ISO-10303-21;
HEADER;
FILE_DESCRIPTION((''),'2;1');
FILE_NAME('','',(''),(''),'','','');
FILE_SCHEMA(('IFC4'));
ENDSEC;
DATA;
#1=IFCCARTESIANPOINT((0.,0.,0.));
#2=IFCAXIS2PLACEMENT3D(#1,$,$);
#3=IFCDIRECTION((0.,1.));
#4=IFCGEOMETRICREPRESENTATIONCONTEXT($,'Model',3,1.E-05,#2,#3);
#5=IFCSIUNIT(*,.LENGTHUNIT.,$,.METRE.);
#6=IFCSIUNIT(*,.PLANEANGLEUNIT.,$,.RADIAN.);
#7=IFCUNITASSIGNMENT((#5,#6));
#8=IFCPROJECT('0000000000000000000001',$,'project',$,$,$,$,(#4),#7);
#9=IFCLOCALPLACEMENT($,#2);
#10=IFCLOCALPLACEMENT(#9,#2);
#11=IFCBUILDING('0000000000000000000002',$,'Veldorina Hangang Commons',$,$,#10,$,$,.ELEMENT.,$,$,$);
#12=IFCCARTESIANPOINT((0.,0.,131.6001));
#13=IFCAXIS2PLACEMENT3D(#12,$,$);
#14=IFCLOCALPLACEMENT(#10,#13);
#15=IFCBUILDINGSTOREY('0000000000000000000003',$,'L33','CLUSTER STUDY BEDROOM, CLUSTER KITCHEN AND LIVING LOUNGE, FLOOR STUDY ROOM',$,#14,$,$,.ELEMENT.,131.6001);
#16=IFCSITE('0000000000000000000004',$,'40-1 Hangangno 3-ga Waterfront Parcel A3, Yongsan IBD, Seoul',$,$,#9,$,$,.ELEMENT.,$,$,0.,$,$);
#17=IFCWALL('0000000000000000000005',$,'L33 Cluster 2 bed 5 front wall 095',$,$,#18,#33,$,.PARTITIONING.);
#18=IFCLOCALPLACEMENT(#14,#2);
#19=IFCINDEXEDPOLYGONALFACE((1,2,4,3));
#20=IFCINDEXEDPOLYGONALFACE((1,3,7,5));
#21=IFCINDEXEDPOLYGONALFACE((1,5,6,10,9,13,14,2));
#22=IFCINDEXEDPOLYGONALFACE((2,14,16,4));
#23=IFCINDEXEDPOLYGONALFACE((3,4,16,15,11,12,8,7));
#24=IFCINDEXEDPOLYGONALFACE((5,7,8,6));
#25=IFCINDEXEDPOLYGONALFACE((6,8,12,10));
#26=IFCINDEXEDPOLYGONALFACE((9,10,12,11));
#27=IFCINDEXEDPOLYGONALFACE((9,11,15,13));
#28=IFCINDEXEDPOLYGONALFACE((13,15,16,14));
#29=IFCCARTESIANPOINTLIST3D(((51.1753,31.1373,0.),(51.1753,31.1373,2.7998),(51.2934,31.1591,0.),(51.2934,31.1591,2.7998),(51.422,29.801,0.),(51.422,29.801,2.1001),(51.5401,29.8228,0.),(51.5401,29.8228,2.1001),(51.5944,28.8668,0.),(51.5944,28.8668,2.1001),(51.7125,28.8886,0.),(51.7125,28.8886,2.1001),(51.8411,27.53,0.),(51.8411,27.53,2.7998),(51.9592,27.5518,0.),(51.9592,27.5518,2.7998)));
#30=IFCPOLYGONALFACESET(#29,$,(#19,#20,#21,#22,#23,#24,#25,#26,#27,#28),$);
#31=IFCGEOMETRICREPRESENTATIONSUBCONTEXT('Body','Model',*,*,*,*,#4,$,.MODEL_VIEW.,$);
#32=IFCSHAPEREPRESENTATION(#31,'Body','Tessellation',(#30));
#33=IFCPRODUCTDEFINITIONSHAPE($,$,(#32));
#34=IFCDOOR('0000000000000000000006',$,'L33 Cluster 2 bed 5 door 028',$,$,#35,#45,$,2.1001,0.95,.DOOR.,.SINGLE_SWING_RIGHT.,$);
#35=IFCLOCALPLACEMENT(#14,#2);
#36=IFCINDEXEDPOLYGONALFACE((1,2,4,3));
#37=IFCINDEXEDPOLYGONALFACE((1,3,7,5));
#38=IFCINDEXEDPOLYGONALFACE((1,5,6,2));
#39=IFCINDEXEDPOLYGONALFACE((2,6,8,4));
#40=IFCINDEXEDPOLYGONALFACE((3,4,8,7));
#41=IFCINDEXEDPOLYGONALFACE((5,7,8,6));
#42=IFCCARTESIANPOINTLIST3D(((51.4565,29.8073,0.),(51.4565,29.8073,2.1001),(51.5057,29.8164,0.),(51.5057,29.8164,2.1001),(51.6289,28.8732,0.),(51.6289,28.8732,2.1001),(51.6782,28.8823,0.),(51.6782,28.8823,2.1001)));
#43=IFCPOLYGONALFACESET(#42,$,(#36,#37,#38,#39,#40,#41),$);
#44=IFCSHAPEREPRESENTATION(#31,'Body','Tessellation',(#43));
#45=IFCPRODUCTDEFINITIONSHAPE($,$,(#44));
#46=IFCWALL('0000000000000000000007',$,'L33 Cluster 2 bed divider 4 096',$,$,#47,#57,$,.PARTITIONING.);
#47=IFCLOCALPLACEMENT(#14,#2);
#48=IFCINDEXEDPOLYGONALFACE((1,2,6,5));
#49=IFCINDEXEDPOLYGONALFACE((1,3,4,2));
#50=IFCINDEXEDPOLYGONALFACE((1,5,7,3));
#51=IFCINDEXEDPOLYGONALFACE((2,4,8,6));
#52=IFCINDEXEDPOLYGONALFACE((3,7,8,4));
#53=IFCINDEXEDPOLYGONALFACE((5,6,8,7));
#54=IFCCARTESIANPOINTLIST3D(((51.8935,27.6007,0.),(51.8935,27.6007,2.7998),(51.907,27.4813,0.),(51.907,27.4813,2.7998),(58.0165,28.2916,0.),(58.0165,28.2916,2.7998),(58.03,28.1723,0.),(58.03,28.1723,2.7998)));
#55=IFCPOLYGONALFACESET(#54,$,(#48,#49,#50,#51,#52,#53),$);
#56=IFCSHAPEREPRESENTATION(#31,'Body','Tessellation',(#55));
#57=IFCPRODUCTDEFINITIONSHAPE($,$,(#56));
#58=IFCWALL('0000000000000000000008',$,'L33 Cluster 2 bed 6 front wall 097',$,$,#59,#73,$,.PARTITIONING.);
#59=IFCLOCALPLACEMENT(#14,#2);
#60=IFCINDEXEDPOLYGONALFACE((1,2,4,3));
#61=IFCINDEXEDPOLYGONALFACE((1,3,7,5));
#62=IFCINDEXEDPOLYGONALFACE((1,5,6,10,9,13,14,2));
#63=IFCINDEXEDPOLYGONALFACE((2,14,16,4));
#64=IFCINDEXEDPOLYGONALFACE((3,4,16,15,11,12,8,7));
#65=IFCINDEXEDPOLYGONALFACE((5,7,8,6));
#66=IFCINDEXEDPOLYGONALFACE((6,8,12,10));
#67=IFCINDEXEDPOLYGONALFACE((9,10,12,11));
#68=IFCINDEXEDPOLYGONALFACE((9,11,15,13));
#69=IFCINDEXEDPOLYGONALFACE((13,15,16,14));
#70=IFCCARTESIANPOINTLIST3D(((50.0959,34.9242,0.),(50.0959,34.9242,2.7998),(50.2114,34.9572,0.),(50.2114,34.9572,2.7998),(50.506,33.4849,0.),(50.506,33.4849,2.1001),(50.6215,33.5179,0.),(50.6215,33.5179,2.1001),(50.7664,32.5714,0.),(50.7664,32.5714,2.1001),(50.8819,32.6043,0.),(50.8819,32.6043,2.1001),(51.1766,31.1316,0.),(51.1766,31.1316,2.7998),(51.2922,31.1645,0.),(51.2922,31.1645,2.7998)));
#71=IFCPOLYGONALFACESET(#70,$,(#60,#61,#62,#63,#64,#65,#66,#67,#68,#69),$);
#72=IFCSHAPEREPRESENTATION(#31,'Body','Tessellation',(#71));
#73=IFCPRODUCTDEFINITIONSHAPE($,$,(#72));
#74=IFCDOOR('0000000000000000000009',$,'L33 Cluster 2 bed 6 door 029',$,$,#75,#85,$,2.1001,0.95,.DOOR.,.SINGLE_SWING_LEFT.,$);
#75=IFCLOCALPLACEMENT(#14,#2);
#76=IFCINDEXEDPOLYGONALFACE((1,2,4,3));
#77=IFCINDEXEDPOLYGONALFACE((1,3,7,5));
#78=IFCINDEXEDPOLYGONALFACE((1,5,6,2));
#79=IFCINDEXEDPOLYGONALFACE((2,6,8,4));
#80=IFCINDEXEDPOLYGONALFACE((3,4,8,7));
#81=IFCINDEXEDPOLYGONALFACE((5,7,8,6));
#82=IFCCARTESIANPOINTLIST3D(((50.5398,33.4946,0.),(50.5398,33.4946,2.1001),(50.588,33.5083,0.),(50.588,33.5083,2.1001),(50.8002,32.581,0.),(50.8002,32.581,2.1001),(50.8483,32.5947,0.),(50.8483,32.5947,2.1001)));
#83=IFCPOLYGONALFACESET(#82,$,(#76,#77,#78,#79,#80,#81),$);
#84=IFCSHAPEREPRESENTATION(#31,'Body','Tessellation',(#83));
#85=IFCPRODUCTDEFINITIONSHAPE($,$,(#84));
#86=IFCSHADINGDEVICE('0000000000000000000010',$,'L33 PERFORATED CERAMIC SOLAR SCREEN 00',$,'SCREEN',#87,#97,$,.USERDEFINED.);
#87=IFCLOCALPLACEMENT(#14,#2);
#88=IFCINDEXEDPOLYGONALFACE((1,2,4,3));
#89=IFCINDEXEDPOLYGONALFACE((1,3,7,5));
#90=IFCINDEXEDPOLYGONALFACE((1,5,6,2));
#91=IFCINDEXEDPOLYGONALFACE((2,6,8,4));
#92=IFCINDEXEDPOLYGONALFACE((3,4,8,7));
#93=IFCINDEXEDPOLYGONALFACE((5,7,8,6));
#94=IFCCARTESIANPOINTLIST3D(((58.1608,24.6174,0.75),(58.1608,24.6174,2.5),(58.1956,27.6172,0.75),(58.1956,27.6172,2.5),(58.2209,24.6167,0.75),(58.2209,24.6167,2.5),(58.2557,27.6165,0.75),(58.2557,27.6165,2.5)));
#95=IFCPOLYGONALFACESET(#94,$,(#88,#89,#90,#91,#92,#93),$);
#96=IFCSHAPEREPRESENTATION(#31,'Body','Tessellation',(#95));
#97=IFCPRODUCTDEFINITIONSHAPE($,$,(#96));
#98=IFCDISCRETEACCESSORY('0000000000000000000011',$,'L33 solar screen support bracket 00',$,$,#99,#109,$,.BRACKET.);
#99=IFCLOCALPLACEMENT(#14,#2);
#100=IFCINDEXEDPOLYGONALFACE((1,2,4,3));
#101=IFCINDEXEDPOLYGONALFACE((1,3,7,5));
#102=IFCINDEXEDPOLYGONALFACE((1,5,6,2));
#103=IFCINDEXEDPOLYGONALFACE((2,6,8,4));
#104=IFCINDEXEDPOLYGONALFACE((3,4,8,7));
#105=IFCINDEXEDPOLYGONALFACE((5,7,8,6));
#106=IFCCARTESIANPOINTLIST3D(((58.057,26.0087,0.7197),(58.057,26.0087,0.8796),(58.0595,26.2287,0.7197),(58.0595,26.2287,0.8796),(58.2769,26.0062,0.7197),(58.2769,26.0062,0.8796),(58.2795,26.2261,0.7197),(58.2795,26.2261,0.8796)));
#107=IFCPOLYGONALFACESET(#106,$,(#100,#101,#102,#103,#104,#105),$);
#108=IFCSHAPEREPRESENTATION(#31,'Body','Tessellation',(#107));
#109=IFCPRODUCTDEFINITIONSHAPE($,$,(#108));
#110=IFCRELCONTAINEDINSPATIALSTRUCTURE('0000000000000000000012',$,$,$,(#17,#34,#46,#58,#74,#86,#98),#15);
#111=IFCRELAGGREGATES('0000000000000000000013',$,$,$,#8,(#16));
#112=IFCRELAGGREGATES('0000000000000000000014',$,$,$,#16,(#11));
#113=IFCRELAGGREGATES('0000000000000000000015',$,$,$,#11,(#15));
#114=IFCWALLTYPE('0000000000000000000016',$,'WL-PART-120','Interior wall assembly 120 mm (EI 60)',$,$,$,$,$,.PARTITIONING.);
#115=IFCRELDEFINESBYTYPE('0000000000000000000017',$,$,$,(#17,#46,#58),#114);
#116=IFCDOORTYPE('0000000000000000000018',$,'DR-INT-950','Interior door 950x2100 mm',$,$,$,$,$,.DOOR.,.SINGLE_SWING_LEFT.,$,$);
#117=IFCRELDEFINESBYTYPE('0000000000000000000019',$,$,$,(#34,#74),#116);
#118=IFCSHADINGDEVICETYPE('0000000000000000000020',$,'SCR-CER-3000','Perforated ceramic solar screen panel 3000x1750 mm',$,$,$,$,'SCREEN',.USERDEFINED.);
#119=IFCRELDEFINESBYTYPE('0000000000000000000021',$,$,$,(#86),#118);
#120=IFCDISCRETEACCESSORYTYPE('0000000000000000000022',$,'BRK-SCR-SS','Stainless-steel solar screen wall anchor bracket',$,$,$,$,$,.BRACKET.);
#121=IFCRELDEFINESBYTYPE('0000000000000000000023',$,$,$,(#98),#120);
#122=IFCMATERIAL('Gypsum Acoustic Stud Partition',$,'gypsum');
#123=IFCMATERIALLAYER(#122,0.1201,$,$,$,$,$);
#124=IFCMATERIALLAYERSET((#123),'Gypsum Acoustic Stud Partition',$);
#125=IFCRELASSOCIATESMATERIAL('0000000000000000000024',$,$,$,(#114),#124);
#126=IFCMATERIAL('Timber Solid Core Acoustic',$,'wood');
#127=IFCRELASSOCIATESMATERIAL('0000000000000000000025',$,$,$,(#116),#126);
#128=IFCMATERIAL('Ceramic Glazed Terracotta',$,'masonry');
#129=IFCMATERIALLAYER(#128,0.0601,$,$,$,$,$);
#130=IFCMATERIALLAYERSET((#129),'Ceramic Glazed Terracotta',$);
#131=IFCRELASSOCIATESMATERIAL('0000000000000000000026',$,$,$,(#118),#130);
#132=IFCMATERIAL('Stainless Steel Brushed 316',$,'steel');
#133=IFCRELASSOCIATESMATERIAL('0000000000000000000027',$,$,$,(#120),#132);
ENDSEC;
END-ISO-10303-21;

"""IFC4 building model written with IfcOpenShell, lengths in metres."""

from ifc_helpers import new_model, si_unit, direction, frame, frame_2d, origin, origin_2d, place, context, subcontext, project, spatial, rectangle, extrude, material, layer, layer_set, type_object, element, fill, save


model = new_model("IFC4")

# Units and contexts
model_context = context("Model", 3, precision=1e-05, world=origin(), true_north=direction((0.0, 1.0)))
body_context = subcontext(model_context, "Body", "Model", "MODEL_VIEW")
ifc_project = project(units=[si_unit("LENGTHUNIT", "METRE"), si_unit("PLANEANGLEUNIT", "RADIAN")], contexts=[model_context])

# Site, building, storey
site_placement = place(None, origin())
site = spatial("IfcSite", under=ifc_project, at=site_placement, Name="40-1 Hangangno 3-ga Waterfront Parcel A3, Yongsan IBD, Seoul", CompositionType="ELEMENT", RefElevation=0.0)
building_placement = place(site_placement, origin())
building = spatial("IfcBuilding", under=site, at=building_placement, Name="Veldorina Hangang Commons", CompositionType="ELEMENT")
storey_placement = place(building_placement, frame((0.0, 0.0, 131.6001)))
storey = spatial("IfcBuildingStorey", under=building, at=storey_placement, Name="L33", Description="CLUSTER STUDY BEDROOM, CLUSTER KITCHEN AND LIVING LOUNGE, FLOOR STUDY ROOM", CompositionType="ELEMENT", Elevation=131.6001)

# Shared definitions
ifc_material_1 = material(Name="Gypsum Acoustic Stud Partition", Category="gypsum")
ifc_layer_1 = layer(ifc_material_1, 0.1201)
ifc_layer_set_1 = layer_set([ifc_layer_1], Name="Gypsum Acoustic Stud Partition")
wall_type_1 = type_object("IfcWallType", Name="WL-PART-120", Description="Interior wall assembly 120 mm (EI 60)", PredefinedType="PARTITIONING", material=ifc_layer_set_1)
ifc_material_2 = material(Name="Timber Solid Core Acoustic", Category="wood")
door_type = type_object("IfcDoorType", Name="DR-INT-950", Description="Interior door 950x2100 mm", OperationType="SINGLE_SWING_LEFT", PredefinedType="DOOR", material=ifc_material_2)

# Wall, opening, door
wall_1_placement = place(storey_placement, frame((51.9001, 27.541, 0.0), z_axis=(0.0, 0.0, 1.0), x_axis=(-0.181503, 0.98339, 0.0)))
wall_1 = element("IfcWall", 1, at=wall_1_placement, inside=storey, type_object=wall_type_1, Name="L33 Cluster 2 bed 5 front wall 095", PredefinedType="PARTITIONING", context=body_context, shape_type="SweptSolid", body=[
    extrude(rectangle(XDim=3.6682, YDim=0.1201, at=frame_2d((1.834, 0.0))), origin(), (0.0, 0.0, 1.0), 2.7998),
])
opening_1_placement = place(wall_1_placement, frame((1.3591, 0.0, 0.0)))
opening_1 = element("IfcOpeningElement", 2, at=opening_1_placement, cuts=wall_1, PredefinedType="OPENING", context=body_context, shape_type="SweptSolid", body=[
    extrude(rectangle(XDim=0.95, YDim=2.1001, at=frame_2d((0.4751, 1.05))), frame((0.0, 0.0701, 0.0), z_axis=(0.0, -1.0, 0.0), x_axis=(1.0, 0.0, 0.0)), (0.0, 0.0, 1.0), 0.1401),
])
door_1_placement = place(opening_1_placement, origin())
door_1 = element("IfcDoor", 3, at=door_1_placement, inside=storey, type_object=door_type, Name="L33 Cluster 2 bed 5 door 028", OperationType="SINGLE_SWING_RIGHT", OverallHeight=2.1001, OverallWidth=0.95, PredefinedType="DOOR", context=body_context, shape_type="SweptSolid", body=[
    extrude(rectangle(XDim=0.95, YDim=2.1001, at=frame_2d((0.4751, 1.05))), frame((0.0, 0.0249, 0.0), z_axis=(0.0, -1.0, 0.0), x_axis=(1.0, 0.0, 0.0)), (0.0, 0.0, 1.0), 0.05),
])
fill(opening_1, door_1)

# Wall
wall_2_placement = place(storey_placement, frame((51.9001, 27.541, 0.0), z_axis=(0.0, 0.0, 1.0), x_axis=(0.993694, 0.112127, 0.0)))
element("IfcWall", 4, at=wall_2_placement, inside=storey, type_object=wall_type_1, Name="L33 Cluster 2 bed divider 4 096", PredefinedType="PARTITIONING", context=body_context, shape_type="SweptSolid", body=[
    extrude(rectangle(XDim=6.1619, YDim=0.1201, at=frame_2d((3.0811, 0.0))), origin(), (0.0, 0.0, 1.0), 2.7998),
])

# Wall, opening, door
wall_3_placement = place(storey_placement, frame((51.2344, 31.1482, 0.0), z_axis=(0.0, 0.0, 1.0), x_axis=(-0.274059, 0.961713, 0.0)))
wall_3 = element("IfcWall", 5, at=wall_3_placement, inside=storey, type_object=wall_type_1, Name="L33 Cluster 2 bed 6 front wall 097", PredefinedType="PARTITIONING", context=body_context, shape_type="SweptSolid", body=[
    extrude(rectangle(XDim=3.9436, YDim=0.1201, at=frame_2d((1.9717, 0.0))), origin(), (0.0, 0.0, 1.0), 2.7998),
])
opening_2_placement = place(wall_3_placement, frame((1.4968, 0.0, 0.0)))
opening_2 = element("IfcOpeningElement", 6, at=opening_2_placement, cuts=wall_3, PredefinedType="OPENING", context=body_context, shape_type="SweptSolid", body=[
    extrude(rectangle(XDim=0.95, YDim=2.1001, at=frame_2d((0.4751, 1.05))), frame((0.0, 0.0701, 0.0), z_axis=(0.0, -1.0, 0.0), x_axis=(1.0, 0.0, 0.0)), (0.0, 0.0, 1.0), 0.1401),
])
door_2_placement = place(opening_2_placement, origin())
door_2 = element("IfcDoor", 7, at=door_2_placement, inside=storey, type_object=door_type, Name="L33 Cluster 2 bed 6 door 029", OperationType="SINGLE_SWING_LEFT", OverallHeight=2.1001, OverallWidth=0.95, PredefinedType="DOOR", context=body_context, shape_type="SweptSolid", body=[
    extrude(rectangle(XDim=0.95, YDim=2.1001, at=frame_2d((0.4751, 1.05))), frame((0.0, 0.0249, 0.0), z_axis=(0.0, -1.0, 0.0), x_axis=(1.0, 0.0, 0.0)), (0.0, 0.0, 1.0), 0.05),
])
fill(opening_2, door_2)

# Shading device
ifc_material_3 = material(Name="Ceramic Glazed Terracotta", Category="masonry")
ifc_layer_2 = layer(ifc_material_3, 0.0601)
ifc_layer_set_2 = layer_set([ifc_layer_2], Name="Ceramic Glazed Terracotta")
shading_device_type = type_object("IfcShadingDeviceType", Name="SCR-CER-3000", Description="Perforated ceramic solar screen panel 3000x1750 mm", ElementType="SCREEN", PredefinedType="USERDEFINED", material=ifc_layer_set_2)
shading_device_placement = place(storey_placement, frame((58.2083, 26.1169, 0.75), z_axis=(0.0, 0.0, 1.0), x_axis=(0.011606, 0.999933, 0.0)))
element("IfcShadingDevice", 8, at=shading_device_placement, inside=storey, type_object=shading_device_type, Name="L33 PERFORATED CERAMIC SOLAR SCREEN 00", ObjectType="SCREEN", PredefinedType="USERDEFINED", context=body_context, shape_type="SweptSolid", body=[
    extrude(rectangle(XDim=3.0, YDim=0.0601, at=origin_2d()), origin(), (0.0, 0.0, 1.0), 1.75),
])

# Discrete accessory
ifc_material_4 = material(Name="Stainless Steel Brushed 316", Category="steel")
discrete_accessory_type = type_object("IfcDiscreteAccessoryType", Name="BRK-SCR-SS", Description="Stainless-steel solar screen wall anchor bracket", PredefinedType="BRACKET", material=ifc_material_4)
discrete_accessory_placement = place(storey_placement, frame((58.1682, 26.1174, 0.7197), z_axis=(0.0, 0.0, 1.0), x_axis=(0.011606, 0.999933, 0.0)))
element("IfcDiscreteAccessory", 9, at=discrete_accessory_placement, inside=storey, type_object=discrete_accessory_type, Name="L33 solar screen support bracket 00", PredefinedType="BRACKET", context=body_context, shape_type="SweptSolid", body=[
    extrude(rectangle(XDim=0.22, YDim=0.22, at=origin_2d()), origin(), (0.0, 0.0, 1.0), 0.1599),
])

save(model, "model.ifc")
